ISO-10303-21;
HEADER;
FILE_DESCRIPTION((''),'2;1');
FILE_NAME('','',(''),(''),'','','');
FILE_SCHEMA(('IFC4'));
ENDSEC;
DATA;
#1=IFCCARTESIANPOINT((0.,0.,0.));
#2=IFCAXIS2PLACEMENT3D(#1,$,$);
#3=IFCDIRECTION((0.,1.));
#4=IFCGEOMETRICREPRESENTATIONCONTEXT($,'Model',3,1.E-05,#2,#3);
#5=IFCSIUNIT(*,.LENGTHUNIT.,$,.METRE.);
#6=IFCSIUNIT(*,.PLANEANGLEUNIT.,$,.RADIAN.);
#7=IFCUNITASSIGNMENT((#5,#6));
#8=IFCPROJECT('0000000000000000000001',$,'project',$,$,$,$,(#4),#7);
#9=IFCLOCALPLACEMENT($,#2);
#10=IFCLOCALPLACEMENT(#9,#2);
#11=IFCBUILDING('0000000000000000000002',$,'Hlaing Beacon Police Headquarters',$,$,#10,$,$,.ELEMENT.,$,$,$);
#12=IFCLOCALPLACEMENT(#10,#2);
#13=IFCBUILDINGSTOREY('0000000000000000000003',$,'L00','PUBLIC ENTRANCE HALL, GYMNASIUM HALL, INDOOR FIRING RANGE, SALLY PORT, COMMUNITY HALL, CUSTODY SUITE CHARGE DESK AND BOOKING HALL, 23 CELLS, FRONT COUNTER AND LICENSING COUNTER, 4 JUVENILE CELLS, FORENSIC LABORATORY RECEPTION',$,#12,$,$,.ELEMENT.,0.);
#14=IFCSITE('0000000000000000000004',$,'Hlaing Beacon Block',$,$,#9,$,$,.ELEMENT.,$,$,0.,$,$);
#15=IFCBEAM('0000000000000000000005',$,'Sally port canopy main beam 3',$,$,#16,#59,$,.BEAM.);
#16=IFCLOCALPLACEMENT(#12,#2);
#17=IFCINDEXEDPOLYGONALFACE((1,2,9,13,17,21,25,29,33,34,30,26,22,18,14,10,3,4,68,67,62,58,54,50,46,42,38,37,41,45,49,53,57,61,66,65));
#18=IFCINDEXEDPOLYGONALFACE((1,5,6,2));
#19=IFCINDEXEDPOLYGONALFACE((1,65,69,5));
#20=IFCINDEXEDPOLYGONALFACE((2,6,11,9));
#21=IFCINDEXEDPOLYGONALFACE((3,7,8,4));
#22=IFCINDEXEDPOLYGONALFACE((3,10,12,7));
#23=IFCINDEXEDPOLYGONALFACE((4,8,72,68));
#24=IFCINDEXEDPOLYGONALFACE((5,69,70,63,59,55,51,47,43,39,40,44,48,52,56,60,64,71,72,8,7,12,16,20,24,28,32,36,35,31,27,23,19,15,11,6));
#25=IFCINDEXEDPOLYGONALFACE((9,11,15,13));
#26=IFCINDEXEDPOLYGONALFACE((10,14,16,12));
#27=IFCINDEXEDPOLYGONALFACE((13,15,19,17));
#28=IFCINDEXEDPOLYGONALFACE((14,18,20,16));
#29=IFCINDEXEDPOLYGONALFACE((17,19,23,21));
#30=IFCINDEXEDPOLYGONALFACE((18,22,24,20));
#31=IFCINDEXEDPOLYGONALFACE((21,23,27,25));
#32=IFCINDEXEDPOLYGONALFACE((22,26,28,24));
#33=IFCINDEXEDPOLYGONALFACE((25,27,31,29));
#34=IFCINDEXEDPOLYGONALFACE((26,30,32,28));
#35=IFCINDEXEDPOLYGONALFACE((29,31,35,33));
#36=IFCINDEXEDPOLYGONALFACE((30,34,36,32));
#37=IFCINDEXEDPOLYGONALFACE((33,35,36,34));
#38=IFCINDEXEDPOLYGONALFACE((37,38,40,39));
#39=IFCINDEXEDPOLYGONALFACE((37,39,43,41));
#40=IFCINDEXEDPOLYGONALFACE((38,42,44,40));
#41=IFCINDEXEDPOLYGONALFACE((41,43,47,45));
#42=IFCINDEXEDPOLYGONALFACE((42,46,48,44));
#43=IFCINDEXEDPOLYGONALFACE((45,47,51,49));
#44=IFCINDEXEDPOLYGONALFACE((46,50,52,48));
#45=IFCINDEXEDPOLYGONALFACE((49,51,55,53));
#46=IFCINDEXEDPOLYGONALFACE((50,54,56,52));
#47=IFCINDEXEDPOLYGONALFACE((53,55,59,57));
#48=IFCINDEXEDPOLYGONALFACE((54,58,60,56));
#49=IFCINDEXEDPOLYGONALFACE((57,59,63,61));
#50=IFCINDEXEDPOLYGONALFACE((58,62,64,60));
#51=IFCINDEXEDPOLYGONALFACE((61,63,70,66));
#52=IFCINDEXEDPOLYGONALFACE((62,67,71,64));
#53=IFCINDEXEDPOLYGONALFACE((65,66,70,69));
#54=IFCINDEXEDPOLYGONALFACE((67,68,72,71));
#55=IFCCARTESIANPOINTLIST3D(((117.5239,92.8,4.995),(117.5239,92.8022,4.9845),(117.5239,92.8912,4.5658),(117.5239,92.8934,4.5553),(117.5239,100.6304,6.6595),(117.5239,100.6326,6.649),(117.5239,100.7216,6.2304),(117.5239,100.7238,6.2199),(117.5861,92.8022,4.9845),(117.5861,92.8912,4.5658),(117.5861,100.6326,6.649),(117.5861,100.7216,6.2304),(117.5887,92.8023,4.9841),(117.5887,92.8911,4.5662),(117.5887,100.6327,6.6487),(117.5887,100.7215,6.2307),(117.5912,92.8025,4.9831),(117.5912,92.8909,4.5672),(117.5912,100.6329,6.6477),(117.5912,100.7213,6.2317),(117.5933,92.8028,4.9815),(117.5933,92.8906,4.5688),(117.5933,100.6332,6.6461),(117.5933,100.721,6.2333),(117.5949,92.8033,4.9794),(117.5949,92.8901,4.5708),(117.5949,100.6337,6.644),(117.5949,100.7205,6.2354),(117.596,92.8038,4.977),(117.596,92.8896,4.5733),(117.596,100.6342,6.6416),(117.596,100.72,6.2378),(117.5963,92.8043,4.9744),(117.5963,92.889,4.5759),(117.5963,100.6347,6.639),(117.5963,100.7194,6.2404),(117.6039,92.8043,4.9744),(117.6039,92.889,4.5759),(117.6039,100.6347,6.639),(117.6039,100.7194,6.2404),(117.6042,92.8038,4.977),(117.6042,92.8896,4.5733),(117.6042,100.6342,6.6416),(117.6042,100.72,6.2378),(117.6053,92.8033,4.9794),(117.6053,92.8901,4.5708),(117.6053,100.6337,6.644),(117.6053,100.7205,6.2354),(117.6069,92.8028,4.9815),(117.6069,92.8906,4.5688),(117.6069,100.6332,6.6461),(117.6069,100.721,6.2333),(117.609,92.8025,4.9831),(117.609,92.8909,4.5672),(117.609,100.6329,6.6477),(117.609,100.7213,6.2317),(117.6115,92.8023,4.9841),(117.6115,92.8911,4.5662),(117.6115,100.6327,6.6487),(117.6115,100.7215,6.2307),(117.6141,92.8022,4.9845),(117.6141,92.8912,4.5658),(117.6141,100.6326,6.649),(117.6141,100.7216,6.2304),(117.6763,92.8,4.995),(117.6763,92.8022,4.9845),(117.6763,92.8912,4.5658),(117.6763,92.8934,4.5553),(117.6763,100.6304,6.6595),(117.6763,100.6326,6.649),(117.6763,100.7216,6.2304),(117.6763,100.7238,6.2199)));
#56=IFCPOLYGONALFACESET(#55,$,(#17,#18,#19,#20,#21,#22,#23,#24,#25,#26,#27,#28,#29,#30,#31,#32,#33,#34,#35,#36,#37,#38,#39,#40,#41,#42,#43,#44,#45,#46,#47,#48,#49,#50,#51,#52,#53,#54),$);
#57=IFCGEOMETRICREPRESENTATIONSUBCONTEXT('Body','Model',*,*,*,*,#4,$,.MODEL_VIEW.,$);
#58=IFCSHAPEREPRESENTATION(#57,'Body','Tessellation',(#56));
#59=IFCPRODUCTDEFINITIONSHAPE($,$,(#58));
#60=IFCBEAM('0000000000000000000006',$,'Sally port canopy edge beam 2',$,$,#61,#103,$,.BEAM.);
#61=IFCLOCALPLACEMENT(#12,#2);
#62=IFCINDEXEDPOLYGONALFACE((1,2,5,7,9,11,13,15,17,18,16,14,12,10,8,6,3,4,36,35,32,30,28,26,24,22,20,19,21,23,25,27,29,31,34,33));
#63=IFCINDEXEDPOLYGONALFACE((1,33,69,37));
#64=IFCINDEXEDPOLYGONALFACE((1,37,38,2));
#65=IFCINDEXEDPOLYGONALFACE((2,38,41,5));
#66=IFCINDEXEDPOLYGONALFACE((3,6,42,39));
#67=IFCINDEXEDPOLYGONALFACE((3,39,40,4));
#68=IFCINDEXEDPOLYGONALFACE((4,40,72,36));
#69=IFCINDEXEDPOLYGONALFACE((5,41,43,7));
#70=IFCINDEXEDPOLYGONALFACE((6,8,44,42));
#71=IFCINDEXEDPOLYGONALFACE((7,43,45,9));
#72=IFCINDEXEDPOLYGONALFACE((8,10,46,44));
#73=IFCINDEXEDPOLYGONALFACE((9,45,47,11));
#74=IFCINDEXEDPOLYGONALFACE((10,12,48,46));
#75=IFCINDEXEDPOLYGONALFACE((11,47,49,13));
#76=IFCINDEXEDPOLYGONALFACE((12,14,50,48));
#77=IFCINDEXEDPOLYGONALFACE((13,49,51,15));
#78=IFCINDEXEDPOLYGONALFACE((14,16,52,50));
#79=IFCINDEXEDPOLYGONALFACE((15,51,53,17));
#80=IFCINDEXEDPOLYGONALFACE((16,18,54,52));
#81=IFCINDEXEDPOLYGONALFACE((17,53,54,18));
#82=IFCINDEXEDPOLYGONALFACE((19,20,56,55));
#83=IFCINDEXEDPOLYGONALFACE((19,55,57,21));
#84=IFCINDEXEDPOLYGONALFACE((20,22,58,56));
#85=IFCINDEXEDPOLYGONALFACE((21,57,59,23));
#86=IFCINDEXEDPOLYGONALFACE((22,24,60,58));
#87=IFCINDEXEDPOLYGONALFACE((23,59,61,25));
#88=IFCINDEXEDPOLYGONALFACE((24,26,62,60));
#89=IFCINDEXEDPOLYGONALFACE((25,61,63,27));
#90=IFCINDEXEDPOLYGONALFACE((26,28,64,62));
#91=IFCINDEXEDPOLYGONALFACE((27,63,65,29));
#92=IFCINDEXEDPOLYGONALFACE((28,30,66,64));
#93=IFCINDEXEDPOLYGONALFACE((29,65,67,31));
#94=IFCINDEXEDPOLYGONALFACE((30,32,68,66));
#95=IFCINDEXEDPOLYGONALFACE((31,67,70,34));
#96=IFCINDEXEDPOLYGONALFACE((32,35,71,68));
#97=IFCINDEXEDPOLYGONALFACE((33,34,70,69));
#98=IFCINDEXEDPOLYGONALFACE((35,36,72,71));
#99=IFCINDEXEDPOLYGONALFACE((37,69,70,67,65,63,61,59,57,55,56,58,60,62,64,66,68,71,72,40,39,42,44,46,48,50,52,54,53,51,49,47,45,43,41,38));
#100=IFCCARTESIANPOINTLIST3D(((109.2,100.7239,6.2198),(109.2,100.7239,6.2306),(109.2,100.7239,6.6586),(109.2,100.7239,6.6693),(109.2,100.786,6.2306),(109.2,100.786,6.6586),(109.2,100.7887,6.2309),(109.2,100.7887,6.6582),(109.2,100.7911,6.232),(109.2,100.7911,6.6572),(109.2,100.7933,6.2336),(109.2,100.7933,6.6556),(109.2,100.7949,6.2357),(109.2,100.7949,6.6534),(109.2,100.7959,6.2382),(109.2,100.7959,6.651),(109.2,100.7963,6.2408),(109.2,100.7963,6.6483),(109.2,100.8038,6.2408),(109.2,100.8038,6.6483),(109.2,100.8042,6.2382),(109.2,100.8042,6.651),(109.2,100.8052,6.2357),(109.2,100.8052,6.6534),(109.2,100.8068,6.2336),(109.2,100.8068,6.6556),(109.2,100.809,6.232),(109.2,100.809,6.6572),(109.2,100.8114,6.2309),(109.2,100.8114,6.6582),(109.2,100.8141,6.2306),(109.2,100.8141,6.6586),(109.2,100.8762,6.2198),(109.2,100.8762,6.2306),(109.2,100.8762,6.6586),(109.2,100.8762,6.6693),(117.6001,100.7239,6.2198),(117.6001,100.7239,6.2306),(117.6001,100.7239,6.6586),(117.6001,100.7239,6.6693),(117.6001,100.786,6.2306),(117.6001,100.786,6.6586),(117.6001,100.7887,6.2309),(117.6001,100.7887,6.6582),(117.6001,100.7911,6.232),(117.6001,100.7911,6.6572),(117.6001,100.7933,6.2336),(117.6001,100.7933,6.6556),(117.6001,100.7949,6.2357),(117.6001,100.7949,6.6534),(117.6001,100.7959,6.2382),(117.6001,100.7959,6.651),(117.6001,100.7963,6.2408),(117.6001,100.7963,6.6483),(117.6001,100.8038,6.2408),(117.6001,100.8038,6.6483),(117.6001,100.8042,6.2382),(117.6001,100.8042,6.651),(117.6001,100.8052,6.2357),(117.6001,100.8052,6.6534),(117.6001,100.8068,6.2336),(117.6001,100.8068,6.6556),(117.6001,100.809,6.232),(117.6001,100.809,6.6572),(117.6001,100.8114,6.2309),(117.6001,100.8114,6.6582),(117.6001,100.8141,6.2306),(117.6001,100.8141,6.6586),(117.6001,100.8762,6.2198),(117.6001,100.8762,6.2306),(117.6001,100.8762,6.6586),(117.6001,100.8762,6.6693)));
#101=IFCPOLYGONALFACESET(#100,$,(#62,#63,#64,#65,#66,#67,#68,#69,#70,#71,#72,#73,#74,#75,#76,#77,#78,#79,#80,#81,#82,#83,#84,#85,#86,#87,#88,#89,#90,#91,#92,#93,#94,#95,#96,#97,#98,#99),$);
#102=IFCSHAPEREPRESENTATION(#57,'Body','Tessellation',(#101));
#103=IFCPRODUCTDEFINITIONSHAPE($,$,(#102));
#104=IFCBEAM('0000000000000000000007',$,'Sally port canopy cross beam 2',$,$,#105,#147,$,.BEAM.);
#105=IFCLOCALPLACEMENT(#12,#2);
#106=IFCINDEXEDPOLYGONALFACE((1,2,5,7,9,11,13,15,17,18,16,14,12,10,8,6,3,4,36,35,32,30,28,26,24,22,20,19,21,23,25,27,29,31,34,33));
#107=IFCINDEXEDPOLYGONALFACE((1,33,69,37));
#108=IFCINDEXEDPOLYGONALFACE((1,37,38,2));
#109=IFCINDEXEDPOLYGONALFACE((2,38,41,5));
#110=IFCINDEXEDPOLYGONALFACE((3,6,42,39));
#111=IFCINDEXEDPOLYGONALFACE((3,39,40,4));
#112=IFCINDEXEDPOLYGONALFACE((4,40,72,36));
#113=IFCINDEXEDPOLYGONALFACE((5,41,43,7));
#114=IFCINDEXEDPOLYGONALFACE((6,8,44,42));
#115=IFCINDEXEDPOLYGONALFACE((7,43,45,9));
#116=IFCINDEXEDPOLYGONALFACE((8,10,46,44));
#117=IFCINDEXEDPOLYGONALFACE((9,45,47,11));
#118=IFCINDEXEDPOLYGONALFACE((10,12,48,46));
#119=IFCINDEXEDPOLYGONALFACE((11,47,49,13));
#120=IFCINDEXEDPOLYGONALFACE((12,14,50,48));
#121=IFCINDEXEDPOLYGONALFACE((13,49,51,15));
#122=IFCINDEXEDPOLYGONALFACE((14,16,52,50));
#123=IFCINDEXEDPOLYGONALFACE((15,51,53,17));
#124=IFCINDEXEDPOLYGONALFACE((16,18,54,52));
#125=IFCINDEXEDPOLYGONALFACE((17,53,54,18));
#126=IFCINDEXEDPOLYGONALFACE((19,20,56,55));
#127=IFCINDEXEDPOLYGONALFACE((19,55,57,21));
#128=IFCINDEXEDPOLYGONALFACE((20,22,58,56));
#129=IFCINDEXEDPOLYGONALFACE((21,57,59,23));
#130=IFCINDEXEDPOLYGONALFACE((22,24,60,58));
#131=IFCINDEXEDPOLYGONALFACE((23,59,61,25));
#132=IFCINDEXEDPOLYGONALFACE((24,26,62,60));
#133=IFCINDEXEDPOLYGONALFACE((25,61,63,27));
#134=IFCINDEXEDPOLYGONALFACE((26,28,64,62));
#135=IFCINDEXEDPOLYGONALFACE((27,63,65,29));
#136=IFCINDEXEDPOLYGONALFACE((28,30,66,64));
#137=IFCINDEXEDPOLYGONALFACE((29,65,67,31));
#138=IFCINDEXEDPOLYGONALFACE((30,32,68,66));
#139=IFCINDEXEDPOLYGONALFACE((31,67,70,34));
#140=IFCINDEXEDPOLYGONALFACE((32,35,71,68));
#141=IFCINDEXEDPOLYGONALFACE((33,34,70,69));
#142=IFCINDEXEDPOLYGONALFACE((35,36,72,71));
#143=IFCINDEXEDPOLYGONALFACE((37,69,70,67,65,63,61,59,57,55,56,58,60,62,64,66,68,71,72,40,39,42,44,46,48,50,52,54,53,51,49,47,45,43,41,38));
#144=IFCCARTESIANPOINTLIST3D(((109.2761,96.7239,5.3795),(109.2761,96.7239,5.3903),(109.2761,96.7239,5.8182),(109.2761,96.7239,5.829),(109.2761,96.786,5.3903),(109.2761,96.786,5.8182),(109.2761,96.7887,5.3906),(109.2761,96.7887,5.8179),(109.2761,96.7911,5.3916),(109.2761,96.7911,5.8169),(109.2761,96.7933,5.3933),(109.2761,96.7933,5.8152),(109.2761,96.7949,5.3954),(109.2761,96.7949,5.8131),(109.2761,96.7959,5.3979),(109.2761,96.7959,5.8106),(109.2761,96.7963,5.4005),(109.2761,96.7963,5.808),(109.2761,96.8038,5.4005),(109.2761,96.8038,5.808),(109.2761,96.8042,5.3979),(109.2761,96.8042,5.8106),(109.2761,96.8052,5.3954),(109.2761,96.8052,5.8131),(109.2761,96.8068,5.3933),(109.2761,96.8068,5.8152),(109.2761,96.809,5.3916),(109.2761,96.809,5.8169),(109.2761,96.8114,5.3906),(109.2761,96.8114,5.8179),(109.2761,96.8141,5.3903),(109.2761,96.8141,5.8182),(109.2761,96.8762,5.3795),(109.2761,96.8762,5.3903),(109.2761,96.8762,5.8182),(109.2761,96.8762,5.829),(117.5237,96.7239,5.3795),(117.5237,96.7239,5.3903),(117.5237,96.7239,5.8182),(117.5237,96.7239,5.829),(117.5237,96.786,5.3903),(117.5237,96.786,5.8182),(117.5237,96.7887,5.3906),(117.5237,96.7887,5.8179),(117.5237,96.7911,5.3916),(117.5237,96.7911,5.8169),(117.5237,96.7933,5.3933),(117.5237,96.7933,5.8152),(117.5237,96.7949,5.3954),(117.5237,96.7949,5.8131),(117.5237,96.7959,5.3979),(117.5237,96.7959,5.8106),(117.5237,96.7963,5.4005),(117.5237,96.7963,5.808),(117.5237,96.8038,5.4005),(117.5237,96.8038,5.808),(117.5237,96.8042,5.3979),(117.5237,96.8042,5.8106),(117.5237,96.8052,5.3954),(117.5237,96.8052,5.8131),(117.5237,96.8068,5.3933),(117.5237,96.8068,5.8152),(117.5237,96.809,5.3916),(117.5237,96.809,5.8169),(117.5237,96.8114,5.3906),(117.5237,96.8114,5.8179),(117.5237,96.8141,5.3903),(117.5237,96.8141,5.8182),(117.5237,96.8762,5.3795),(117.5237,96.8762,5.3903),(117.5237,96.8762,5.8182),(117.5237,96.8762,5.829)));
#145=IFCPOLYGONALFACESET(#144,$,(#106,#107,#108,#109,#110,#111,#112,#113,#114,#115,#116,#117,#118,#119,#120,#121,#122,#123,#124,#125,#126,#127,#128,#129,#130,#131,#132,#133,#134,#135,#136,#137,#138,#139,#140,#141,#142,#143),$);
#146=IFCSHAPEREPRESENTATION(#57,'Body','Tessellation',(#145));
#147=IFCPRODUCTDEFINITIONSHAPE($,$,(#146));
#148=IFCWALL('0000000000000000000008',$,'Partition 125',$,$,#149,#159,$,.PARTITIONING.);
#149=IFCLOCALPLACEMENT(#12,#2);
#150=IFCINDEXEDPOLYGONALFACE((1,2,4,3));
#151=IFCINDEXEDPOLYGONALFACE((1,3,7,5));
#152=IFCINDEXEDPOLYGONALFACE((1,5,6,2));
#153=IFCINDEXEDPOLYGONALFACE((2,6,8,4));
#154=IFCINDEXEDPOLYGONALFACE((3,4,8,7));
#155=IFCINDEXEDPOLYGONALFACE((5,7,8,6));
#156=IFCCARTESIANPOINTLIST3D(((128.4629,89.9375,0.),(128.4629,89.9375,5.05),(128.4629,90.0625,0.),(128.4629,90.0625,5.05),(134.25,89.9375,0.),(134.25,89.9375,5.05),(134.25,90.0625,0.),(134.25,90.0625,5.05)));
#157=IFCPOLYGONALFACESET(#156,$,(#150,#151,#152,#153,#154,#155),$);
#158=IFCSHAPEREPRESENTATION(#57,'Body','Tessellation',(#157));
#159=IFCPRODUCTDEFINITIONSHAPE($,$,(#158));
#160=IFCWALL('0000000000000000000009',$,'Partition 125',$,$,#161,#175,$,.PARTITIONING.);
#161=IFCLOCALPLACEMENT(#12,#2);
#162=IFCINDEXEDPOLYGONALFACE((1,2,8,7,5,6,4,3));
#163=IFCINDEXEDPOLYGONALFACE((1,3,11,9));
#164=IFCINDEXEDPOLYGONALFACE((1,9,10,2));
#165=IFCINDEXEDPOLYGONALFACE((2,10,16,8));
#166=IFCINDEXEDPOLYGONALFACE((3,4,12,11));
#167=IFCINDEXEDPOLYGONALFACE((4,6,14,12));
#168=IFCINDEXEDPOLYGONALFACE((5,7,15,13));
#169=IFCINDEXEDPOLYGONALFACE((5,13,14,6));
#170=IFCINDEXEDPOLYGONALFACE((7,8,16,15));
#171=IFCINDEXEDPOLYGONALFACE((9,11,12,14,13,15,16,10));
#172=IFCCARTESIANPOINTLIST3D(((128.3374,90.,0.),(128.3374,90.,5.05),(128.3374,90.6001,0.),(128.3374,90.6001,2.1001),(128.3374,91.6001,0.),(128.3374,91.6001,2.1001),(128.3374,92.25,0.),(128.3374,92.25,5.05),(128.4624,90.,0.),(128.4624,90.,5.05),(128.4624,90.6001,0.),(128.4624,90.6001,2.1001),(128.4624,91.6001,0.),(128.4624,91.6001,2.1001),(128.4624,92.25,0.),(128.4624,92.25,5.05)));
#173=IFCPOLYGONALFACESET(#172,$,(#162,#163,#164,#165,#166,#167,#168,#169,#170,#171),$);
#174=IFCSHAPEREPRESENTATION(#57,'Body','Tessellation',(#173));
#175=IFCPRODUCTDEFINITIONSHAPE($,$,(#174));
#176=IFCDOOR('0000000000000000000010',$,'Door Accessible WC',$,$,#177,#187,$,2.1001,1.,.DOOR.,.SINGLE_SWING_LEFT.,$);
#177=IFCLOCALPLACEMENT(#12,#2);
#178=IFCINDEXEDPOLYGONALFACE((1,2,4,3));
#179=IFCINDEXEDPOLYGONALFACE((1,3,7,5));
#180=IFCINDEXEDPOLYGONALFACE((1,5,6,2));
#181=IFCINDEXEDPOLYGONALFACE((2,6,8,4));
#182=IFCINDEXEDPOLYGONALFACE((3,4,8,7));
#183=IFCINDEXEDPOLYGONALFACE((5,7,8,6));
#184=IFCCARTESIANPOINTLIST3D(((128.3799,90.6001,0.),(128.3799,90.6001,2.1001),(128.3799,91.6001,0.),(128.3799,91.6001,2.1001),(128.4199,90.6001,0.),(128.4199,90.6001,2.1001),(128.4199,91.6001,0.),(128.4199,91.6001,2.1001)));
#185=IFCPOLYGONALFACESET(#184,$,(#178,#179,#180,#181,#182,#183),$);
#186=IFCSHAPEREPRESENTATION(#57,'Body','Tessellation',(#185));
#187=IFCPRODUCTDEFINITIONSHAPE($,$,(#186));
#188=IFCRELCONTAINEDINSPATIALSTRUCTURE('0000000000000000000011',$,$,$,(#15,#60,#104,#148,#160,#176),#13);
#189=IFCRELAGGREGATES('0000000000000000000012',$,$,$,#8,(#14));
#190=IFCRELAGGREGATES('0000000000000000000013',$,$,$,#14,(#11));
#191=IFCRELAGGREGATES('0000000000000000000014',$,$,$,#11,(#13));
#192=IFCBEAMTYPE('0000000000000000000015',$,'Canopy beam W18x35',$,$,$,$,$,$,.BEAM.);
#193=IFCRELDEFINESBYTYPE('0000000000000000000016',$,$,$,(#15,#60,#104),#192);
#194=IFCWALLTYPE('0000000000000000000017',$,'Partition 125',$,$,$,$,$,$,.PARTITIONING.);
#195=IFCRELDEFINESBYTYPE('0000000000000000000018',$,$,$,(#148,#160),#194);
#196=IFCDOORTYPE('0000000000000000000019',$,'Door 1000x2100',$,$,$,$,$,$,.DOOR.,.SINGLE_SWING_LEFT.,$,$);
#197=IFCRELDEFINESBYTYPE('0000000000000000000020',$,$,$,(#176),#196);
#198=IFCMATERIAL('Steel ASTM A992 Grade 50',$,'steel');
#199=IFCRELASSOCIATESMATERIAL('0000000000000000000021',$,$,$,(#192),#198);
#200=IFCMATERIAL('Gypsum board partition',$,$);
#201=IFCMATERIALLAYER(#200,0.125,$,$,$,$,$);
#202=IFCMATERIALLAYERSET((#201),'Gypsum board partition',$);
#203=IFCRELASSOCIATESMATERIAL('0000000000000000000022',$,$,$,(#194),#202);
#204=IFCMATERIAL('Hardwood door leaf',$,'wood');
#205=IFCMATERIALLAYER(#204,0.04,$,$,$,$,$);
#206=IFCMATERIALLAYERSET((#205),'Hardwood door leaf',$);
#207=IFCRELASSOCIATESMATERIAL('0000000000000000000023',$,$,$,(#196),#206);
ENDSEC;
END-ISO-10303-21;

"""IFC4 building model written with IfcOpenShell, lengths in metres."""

from ifc_helpers import new_model, si_unit, direction, frame, frame_2d, origin, origin_2d, place, context, subcontext, project, spatial, rectangle, i_section, extrude, material, layer, layer_set, material_profile, profile_set, type_object, element, fill, save


model = new_model("IFC4")

# Units and contexts
model_context = context("Model", 3, precision=1e-05, world=origin(), true_north=direction((0.0, 1.0)))
body_context = subcontext(model_context, "Body", "Model", "MODEL_VIEW")
ifc_project = project(units=[si_unit("LENGTHUNIT", "METRE"), si_unit("PLANEANGLEUNIT", "RADIAN")], contexts=[model_context])

# Site, building, storey
site_placement = place(None, origin())
site = spatial("IfcSite", under=ifc_project, at=site_placement, Name="Hlaing Beacon Block", CompositionType="ELEMENT", RefElevation=0.0)
building_placement = place(site_placement, origin())
building = spatial("IfcBuilding", under=site, at=building_placement, Name="Hlaing Beacon Police Headquarters", CompositionType="ELEMENT")
storey_placement = place(building_placement, origin())
storey = spatial("IfcBuildingStorey", under=building, at=storey_placement, Name="L00", Description="PUBLIC ENTRANCE HALL, GYMNASIUM HALL, INDOOR FIRING RANGE, SALLY PORT, COMMUNITY HALL, CUSTODY SUITE CHARGE DESK AND BOOKING HALL, 23 CELLS, FRONT COUNTER AND LICENSING COUNTER, 4 JUVENILE CELLS, FORENSIC LABORATORY RECEPTION", CompositionType="ELEMENT", Elevation=0.0)

# Beams
ifc_material_1 = material(Name="Steel ASTM A992 Grade 50", Category="steel")
ifc_material_profile_1 = material_profile(ifc_material_1, i_section(OverallWidth=0.1523, OverallDepth=0.4495, WebThickness=0.0076, FlangeThickness=0.0107, FilletRadius=0.0103, at=origin_2d()), Name="W18x35")
ifc_profile_set_1 = profile_set([ifc_material_profile_1], Name="Steel ASTM A992 Grade 50")
beam_type = type_object("IfcBeamType", Name="Canopy beam W18x35", PredefinedType="BEAM", material=ifc_profile_set_1)
for number, where, z_axis, x_axis, name in (
    (1, (117.6001, 92.8467, 4.7751), (0.0, 0.978143, 0.207931), (-1.0, 0.0, 0.0), "Sally port canopy main beam 3"),
):
    element("IfcBeam", number, at=place(storey_placement, frame(where, z_axis=z_axis, x_axis=x_axis)), inside=storey, type_object=beam_type, Name=name, PredefinedType="BEAM", context=body_context, shape_type="SweptSolid", body=[
        extrude(i_section(OverallWidth=0.1523, OverallDepth=0.4495, WebThickness=0.0076, FlangeThickness=0.0107, FilletRadius=0.0103, at=origin_2d()), origin(), (0.0, 0.0, 1.0), 8.0054),
    ])
beam_1_placement = place(storey_placement, frame((109.2, 100.8, 6.4446), z_axis=(1.0, 0.0, 0.0), x_axis=(0.0, 1.0, 0.0)))
element("IfcBeam", 2, at=beam_1_placement, inside=storey, type_object=beam_type, Name="Sally port canopy edge beam 2", PredefinedType="BEAM", context=body_context, shape_type="SweptSolid", body=[
    extrude(i_section(OverallWidth=0.1523, OverallDepth=0.4495, WebThickness=0.0076, FlangeThickness=0.0107, FilletRadius=0.0103, at=origin_2d()), origin(), (0.0, 0.0, 1.0), 8.4001),
])
beam_2_placement = place(storey_placement, frame((109.2761, 96.8, 5.6042), z_axis=(1.0, 0.0, 0.0), x_axis=(0.0, 1.0, 0.0)))
element("IfcBeam", 3, at=beam_2_placement, inside=storey, type_object=beam_type, Name="Sally port canopy cross beam 2", PredefinedType="BEAM", context=body_context, shape_type="SweptSolid", body=[
    extrude(i_section(OverallWidth=0.1523, OverallDepth=0.4495, WebThickness=0.0076, FlangeThickness=0.0107, FilletRadius=0.0103, at=origin_2d()), origin(), (0.0, 0.0, 1.0), 8.2476),
])

# Wall
ifc_material_2 = material(Name="Gypsum board partition")
ifc_layer_1 = layer(ifc_material_2, 0.125)
ifc_layer_set_1 = layer_set([ifc_layer_1], Name="Gypsum board partition")
wall_type_1 = type_object("IfcWallType", Name="Partition 125", PredefinedType="PARTITIONING", material=ifc_layer_set_1)
wall_1_placement = place(storey_placement, frame((128.4629, 90.0, 0.0), z_axis=(0.0, 0.0, 1.0), x_axis=(1.0, 0.0, 0.0)))
element("IfcWall", 4, at=wall_1_placement, inside=storey, type_object=wall_type_1, Name="Partition 125", PredefinedType="PARTITIONING", context=body_context, shape_type="SweptSolid", body=[
    extrude(rectangle(XDim=5.7871, YDim=0.125, at=frame_2d((2.8936, 0.0))), origin(), (0.0, 0.0, 1.0), 5.05),
])

# Wall, opening, door
wall_2_placement = place(storey_placement, frame((128.3999, 90.0, 0.0), z_axis=(0.0, 0.0, 1.0), x_axis=(0.0, 1.0, 0.0)))
wall_2 = element("IfcWall", 5, at=wall_2_placement, inside=storey, type_object=wall_type_1, Name="Partition 125", PredefinedType="PARTITIONING", context=body_context, shape_type="SweptSolid", body=[
    extrude(rectangle(XDim=2.25, YDim=0.125, at=frame_2d((1.125, 0.0))), origin(), (0.0, 0.0, 1.0), 5.05),
])
opening_1_placement = place(wall_2_placement, frame((0.6001, 0.0, 0.0)))
opening_1 = element("IfcOpeningElement", 6, at=opening_1_placement, cuts=wall_2, PredefinedType="OPENING", context=body_context, shape_type="SweptSolid", body=[
    extrude(rectangle(XDim=1.0, YDim=2.1001, at=frame_2d((0.5, 1.05))), frame((0.0, 0.0725, 0.0), z_axis=(0.0, -1.0, 0.0), x_axis=(1.0, 0.0, 0.0)), (0.0, 0.0, 1.0), 0.145),
])
ifc_material_3 = material(Name="Hardwood door leaf", Category="wood")
ifc_layer_2 = layer(ifc_material_3, 0.04)
ifc_layer_set_2 = layer_set([ifc_layer_2], Name="Hardwood door leaf")
door_type_1 = type_object("IfcDoorType", Name="Door 1000x2100", OperationType="SINGLE_SWING_LEFT", PredefinedType="DOOR", material=ifc_layer_set_2)
door_1_placement = place(opening_1_placement, frame((1.0, 0.0, 0.0), z_axis=(0.0, 0.0, 1.0), x_axis=(-1.0, 0.0, 0.0)))
door_1 = element("IfcDoor", 7, at=door_1_placement, inside=storey, type_object=door_type_1, Name="Door Accessible WC", OperationType="SINGLE_SWING_LEFT", OverallHeight=2.1001, OverallWidth=1.0, PredefinedType="DOOR", context=body_context, shape_type="SweptSolid", body=[
    extrude(rectangle(XDim=1.0, YDim=2.1001, at=frame_2d((0.5, 1.05))), frame((0.0, 0.02, 0.0), z_axis=(0.0, -1.0, 0.0), x_axis=(1.0, 0.0, 0.0)), (0.0, 0.0, 1.0), 0.04),
])
fill(opening_1, door_1)

save(model, "model.ifc")
